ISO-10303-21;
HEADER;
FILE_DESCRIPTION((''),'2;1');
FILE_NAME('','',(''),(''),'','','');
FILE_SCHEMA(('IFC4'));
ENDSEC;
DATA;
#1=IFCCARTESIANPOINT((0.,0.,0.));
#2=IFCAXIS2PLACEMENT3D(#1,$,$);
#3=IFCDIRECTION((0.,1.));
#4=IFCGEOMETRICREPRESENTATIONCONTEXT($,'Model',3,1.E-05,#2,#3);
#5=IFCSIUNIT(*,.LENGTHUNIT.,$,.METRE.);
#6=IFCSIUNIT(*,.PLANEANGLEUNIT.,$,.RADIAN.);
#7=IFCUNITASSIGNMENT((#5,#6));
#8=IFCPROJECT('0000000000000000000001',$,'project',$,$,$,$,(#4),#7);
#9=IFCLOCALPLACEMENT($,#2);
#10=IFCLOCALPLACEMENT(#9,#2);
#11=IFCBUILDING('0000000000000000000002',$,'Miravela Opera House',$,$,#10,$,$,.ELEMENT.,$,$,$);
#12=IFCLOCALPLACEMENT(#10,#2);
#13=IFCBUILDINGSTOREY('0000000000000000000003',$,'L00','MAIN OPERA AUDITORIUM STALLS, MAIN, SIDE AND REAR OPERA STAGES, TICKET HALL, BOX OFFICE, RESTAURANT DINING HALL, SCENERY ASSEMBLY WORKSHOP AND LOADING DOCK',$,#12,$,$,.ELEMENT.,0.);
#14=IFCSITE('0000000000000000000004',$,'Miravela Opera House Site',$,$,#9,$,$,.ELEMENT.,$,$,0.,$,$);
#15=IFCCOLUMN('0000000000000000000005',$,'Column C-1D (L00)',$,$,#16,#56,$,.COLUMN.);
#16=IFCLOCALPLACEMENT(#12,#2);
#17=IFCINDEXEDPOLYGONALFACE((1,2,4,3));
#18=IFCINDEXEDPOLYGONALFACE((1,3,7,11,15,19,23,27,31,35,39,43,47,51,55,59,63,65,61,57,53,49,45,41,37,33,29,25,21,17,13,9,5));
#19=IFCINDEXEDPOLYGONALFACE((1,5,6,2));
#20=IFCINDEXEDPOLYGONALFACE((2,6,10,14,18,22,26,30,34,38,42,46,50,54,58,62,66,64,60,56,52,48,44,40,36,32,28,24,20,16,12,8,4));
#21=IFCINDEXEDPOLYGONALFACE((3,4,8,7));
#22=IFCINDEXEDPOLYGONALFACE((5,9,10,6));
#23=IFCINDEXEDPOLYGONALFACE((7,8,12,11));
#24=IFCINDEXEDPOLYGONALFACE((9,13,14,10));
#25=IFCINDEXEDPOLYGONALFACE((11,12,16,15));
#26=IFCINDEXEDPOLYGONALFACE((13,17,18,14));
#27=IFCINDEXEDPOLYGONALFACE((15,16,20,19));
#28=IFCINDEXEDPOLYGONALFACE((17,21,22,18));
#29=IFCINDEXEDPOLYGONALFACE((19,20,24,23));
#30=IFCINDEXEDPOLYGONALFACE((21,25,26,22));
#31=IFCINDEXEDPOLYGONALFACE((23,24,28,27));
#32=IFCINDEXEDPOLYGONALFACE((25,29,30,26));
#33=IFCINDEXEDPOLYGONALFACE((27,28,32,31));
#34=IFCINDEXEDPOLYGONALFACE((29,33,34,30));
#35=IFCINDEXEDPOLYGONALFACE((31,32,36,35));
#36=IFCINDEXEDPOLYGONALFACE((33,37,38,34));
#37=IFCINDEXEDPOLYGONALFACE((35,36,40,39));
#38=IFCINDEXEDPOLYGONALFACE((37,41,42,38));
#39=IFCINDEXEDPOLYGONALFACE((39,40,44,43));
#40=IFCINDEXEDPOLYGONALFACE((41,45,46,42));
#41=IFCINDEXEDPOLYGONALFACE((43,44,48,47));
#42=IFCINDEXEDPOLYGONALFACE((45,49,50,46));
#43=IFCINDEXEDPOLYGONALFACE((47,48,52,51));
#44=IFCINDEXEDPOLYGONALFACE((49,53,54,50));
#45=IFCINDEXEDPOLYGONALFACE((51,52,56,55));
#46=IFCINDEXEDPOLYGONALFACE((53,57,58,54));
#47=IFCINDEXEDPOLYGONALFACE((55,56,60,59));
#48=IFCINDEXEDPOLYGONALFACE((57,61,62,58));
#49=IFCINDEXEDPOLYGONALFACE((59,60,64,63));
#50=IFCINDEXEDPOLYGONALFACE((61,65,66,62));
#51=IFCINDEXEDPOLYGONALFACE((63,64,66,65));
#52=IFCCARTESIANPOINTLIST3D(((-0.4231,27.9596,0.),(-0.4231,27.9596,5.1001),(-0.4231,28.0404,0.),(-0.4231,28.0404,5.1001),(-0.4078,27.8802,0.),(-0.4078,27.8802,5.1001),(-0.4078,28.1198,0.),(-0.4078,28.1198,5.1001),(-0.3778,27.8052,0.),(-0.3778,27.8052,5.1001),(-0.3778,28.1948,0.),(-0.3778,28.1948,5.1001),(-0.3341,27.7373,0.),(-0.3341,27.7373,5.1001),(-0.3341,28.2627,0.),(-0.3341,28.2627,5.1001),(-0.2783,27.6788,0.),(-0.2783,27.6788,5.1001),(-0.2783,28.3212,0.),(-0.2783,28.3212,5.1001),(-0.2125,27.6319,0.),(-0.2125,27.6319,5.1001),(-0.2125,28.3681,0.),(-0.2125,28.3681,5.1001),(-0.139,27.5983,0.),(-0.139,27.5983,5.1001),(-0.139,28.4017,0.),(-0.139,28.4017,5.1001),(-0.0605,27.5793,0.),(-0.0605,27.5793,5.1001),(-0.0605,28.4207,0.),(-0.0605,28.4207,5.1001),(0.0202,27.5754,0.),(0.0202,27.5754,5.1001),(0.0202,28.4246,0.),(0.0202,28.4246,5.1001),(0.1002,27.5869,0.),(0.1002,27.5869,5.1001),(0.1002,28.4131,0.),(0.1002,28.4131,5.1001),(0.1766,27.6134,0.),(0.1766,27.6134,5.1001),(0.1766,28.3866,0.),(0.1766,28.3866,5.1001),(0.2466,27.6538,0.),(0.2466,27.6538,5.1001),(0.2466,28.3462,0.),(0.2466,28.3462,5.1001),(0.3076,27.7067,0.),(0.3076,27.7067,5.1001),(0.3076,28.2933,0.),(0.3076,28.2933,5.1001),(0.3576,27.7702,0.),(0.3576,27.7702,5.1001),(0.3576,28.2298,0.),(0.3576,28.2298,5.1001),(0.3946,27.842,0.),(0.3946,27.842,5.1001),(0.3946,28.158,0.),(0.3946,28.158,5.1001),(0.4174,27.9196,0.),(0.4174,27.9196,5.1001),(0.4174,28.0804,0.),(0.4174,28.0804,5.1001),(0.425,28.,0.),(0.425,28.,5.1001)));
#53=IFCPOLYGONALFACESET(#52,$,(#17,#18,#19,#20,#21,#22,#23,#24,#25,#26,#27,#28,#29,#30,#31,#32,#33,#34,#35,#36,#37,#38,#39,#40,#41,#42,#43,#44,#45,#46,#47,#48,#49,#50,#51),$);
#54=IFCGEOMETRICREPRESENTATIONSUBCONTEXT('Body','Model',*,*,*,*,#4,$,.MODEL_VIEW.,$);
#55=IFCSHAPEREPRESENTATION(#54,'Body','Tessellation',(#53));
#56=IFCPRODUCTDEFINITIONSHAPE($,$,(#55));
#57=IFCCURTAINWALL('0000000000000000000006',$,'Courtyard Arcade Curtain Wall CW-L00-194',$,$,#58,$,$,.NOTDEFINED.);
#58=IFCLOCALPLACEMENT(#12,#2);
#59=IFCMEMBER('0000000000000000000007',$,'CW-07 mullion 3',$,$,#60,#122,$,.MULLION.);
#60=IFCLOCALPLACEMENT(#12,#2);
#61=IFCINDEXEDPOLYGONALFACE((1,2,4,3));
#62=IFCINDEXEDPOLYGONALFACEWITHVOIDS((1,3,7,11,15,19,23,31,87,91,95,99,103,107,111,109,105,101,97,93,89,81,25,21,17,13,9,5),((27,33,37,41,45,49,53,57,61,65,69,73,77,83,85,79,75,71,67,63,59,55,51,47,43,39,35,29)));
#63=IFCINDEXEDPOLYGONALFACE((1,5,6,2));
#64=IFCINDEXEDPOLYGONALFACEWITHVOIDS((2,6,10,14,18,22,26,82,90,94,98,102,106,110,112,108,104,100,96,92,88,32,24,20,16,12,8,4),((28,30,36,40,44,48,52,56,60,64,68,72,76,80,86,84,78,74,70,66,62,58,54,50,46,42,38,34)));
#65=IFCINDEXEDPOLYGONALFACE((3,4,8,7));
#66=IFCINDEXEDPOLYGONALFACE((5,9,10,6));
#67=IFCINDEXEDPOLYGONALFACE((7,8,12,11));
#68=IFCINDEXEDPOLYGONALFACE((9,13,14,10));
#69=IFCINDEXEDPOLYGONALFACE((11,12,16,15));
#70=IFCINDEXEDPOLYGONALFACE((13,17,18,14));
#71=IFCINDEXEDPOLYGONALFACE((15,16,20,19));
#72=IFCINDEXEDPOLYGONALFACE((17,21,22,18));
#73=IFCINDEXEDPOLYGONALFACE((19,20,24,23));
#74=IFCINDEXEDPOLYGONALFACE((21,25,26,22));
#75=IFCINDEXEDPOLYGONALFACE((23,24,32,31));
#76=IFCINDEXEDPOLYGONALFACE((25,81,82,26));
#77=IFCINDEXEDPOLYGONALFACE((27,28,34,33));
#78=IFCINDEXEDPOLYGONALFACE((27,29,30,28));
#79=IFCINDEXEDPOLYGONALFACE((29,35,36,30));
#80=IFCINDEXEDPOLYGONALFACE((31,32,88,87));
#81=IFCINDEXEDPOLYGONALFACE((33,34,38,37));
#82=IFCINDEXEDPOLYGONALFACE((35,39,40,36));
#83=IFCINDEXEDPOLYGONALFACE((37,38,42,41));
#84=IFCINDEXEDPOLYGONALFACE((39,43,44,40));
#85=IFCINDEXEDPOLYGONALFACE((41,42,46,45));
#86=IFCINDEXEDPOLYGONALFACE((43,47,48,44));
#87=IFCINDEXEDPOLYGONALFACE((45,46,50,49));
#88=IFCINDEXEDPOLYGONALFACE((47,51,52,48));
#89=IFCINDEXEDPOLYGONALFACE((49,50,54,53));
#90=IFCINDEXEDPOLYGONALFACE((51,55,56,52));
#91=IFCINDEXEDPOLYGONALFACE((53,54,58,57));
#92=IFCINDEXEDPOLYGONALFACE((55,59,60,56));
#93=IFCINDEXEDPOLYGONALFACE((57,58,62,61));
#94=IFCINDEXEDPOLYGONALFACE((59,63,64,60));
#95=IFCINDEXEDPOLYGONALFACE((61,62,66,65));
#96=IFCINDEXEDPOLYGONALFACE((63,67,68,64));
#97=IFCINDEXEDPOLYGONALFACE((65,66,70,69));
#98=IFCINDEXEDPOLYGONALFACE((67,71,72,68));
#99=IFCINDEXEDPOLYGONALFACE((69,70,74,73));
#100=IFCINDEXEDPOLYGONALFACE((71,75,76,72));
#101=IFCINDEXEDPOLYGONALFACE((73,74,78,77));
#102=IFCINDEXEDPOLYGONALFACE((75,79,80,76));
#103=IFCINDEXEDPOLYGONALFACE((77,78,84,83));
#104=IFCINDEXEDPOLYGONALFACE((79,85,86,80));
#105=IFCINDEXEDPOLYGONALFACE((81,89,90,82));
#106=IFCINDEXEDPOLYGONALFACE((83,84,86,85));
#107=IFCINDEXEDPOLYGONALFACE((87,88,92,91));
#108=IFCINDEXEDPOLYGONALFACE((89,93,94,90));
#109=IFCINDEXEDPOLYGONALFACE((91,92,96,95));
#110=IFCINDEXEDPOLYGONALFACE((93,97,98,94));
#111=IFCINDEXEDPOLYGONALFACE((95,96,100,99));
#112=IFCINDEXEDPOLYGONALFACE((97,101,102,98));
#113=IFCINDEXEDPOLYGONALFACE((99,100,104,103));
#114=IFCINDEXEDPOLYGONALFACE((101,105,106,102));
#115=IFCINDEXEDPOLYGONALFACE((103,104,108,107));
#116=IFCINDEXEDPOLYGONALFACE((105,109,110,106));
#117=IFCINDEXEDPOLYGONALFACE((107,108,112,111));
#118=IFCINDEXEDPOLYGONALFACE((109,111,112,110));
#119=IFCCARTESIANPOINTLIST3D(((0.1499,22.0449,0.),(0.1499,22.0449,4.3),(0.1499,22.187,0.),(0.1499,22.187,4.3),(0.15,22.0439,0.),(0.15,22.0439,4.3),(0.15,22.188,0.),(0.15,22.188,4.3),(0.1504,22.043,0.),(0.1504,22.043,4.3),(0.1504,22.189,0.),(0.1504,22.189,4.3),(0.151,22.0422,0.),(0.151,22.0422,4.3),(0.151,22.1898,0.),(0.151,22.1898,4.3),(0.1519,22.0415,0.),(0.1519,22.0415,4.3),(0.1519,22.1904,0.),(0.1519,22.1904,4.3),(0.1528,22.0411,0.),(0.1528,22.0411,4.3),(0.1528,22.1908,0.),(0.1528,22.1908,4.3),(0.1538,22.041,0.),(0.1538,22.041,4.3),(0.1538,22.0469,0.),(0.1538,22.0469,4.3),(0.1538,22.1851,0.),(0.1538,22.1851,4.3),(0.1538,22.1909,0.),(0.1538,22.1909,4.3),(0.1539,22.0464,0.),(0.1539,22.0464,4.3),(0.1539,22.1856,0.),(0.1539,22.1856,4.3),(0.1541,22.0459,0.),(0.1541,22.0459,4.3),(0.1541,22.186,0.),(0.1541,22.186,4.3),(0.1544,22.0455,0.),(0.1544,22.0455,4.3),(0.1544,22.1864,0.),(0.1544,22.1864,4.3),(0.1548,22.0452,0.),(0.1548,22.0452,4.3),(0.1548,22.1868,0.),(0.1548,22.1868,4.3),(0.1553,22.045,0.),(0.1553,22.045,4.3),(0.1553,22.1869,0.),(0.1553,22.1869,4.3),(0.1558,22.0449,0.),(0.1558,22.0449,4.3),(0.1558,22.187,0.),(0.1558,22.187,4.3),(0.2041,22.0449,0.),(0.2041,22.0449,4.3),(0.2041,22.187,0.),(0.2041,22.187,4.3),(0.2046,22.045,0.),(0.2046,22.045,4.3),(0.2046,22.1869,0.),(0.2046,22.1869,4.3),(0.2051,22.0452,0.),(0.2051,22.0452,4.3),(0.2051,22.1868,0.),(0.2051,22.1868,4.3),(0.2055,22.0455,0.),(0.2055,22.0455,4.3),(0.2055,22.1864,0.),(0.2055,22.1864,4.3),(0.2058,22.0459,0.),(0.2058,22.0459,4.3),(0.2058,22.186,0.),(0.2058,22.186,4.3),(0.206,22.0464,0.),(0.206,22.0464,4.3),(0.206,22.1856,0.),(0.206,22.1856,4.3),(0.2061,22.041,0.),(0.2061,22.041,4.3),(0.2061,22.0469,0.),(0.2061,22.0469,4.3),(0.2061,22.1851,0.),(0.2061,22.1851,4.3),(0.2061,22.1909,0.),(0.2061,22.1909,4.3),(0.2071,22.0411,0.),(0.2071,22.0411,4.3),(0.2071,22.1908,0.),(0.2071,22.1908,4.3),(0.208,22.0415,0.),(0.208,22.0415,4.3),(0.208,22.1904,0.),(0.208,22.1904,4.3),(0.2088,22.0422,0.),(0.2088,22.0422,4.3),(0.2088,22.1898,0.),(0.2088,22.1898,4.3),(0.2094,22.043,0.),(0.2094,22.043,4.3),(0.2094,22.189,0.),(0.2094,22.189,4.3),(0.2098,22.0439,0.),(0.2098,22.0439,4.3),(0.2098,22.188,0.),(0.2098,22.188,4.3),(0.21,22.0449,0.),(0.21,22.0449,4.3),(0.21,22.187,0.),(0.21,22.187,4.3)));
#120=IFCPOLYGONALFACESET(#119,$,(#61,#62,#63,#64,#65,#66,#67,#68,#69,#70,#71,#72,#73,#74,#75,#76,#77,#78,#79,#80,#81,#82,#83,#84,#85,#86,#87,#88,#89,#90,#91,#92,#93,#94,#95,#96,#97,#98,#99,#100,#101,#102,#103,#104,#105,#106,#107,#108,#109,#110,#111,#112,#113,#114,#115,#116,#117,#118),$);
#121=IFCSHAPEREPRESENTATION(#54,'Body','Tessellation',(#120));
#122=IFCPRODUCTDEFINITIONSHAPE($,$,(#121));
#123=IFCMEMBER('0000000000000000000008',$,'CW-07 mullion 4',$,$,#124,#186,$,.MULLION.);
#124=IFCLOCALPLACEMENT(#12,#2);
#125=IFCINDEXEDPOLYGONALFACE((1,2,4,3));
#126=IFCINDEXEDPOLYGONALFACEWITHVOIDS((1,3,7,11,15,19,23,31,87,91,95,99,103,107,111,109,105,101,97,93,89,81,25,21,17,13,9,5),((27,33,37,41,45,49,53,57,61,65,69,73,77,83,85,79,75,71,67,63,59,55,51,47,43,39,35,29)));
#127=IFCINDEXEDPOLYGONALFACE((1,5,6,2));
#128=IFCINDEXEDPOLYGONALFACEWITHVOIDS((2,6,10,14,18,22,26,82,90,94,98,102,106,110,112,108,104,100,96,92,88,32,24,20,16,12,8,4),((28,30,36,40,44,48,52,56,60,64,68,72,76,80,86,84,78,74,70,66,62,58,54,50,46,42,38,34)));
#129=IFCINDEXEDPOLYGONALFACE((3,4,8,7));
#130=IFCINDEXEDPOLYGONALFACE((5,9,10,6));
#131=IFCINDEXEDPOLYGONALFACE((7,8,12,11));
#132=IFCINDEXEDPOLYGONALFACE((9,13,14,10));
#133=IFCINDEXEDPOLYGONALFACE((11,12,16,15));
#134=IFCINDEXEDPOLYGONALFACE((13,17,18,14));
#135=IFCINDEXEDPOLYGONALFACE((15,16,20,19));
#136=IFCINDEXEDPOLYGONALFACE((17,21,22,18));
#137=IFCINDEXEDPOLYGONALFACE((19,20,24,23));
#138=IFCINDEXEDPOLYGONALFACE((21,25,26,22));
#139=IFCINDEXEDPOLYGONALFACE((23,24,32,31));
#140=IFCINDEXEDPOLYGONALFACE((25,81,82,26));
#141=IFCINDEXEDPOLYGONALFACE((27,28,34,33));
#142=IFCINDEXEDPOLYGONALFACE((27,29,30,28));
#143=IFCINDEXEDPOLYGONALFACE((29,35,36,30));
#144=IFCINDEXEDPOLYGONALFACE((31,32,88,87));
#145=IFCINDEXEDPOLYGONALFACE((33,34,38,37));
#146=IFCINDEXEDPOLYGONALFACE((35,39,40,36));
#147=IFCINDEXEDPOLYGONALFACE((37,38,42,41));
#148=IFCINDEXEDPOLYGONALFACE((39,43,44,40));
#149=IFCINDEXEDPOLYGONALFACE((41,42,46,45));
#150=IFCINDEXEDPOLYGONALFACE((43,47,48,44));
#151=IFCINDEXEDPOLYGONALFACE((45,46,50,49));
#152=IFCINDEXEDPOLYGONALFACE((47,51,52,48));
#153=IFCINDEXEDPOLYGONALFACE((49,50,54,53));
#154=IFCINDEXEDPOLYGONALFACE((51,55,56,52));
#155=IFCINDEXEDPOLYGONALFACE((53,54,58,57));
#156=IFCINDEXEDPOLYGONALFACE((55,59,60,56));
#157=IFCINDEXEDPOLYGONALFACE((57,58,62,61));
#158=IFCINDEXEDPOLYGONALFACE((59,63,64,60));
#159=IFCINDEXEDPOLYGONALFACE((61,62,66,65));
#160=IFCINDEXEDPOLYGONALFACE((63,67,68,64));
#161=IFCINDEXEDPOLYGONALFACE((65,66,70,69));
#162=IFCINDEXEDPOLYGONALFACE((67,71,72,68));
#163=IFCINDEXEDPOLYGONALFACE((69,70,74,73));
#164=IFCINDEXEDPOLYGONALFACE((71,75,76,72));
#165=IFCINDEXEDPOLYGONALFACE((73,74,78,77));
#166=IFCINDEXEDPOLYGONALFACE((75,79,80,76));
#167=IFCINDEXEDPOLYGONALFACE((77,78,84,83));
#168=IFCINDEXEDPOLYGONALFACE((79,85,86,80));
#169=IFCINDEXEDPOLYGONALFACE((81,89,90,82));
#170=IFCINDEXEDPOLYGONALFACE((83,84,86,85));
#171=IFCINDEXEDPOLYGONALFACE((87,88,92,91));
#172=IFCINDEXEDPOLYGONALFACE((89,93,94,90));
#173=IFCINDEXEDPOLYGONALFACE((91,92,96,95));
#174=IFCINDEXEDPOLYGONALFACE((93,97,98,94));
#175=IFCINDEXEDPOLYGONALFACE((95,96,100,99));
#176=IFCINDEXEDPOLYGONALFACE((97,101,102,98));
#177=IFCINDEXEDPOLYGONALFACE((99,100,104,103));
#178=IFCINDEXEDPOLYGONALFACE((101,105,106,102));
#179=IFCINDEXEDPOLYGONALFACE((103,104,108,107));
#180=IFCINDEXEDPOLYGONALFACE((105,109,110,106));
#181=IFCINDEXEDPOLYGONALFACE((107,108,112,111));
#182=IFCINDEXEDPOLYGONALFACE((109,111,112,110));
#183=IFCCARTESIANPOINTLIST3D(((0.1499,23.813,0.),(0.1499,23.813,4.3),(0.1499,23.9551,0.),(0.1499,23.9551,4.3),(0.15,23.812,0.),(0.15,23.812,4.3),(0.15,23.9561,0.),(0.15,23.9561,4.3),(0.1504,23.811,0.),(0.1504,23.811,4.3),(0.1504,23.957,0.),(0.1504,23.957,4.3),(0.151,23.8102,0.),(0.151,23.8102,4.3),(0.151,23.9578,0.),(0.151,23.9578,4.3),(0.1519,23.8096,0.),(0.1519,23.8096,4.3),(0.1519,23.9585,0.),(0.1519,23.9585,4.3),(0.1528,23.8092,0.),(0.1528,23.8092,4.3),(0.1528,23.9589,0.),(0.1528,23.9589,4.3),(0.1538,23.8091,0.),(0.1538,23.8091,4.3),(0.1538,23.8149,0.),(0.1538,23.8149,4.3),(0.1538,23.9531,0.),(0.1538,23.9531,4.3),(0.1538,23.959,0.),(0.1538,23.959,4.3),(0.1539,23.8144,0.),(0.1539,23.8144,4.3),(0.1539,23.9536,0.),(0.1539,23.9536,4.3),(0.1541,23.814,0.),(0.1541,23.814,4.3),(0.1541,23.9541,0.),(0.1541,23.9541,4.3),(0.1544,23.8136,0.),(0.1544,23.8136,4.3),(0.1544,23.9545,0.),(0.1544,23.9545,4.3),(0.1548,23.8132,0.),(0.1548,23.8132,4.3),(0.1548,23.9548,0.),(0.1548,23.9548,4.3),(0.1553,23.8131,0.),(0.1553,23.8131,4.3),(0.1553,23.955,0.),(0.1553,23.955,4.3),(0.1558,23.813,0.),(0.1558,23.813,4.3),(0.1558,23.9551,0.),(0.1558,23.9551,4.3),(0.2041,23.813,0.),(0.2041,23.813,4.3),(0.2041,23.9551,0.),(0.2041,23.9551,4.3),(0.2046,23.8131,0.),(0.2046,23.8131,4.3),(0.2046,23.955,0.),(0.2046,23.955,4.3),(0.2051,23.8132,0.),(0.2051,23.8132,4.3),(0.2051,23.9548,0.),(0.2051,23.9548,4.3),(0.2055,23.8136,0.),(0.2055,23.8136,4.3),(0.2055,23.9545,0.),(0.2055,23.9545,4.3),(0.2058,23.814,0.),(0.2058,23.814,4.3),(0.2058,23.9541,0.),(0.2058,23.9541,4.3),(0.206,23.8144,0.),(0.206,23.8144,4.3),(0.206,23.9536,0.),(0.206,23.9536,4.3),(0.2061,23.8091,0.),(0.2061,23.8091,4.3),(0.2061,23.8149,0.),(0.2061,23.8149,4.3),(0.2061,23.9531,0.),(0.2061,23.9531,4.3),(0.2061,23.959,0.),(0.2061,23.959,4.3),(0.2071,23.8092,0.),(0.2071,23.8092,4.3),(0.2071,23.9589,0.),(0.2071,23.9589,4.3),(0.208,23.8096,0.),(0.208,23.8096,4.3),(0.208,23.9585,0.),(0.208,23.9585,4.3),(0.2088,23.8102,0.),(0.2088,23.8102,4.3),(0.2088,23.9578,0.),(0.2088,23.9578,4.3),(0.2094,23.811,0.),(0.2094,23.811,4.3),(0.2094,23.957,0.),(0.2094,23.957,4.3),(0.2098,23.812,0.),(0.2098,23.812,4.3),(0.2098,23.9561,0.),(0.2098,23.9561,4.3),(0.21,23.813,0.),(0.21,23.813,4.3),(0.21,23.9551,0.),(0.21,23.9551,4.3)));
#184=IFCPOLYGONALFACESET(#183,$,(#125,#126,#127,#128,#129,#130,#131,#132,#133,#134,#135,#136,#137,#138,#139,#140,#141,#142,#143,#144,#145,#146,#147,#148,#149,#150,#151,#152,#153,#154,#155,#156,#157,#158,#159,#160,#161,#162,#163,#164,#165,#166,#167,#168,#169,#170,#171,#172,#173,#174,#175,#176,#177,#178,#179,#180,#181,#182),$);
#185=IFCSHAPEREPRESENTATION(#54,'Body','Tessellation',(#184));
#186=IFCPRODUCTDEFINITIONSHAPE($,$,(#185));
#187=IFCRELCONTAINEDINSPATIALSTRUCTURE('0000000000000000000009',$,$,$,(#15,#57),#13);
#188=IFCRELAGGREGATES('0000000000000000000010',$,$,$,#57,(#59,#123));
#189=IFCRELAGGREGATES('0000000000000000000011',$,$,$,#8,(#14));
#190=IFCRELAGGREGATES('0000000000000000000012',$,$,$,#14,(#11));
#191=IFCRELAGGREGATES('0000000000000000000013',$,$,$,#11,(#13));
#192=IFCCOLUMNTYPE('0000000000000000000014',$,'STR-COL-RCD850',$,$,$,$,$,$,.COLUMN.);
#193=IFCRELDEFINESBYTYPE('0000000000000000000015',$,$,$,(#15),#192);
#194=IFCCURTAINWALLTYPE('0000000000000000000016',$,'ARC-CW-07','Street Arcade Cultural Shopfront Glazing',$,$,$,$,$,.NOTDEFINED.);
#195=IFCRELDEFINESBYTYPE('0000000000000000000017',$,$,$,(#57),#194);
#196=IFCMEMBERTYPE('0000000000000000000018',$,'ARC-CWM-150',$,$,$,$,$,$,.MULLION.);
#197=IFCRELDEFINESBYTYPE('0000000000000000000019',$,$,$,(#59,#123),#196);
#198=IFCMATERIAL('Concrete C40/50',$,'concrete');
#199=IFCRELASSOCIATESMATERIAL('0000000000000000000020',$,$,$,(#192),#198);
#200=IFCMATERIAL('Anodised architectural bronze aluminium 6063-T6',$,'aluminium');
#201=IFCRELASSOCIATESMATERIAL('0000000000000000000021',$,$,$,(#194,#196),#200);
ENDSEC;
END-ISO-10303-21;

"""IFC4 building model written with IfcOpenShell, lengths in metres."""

from ifc_helpers import new_model, si_unit, direction, frame, origin, origin_2d, place, context, subcontext, project, spatial, hollow_rectangle, circle, extrude, material, material_profile, profile_set, type_object, element, aggregate, save


model = new_model("IFC4")

# Units and contexts
model_context = context("Model", 3, precision=1e-05, world=origin(), true_north=direction((0.0, 1.0)))
body_context = subcontext(model_context, "Body", "Model", "MODEL_VIEW")
ifc_project = project(units=[si_unit("LENGTHUNIT", "METRE"), si_unit("PLANEANGLEUNIT", "RADIAN")], contexts=[model_context])

# Site, building, storey
site_placement = place(None, origin())
site = spatial("IfcSite", under=ifc_project, at=site_placement, Name="Miravela Opera House Site", CompositionType="ELEMENT", RefElevation=0.0)
building_placement = place(site_placement, origin())
building = spatial("IfcBuilding", under=site, at=building_placement, Name="Miravela Opera House", CompositionType="ELEMENT")
storey_placement = place(building_placement, origin())
storey = spatial("IfcBuildingStorey", under=building, at=storey_placement, Name="L00", Description="MAIN OPERA AUDITORIUM STALLS, MAIN, SIDE AND REAR OPERA STAGES, TICKET HALL, BOX OFFICE, RESTAURANT DINING HALL, SCENERY ASSEMBLY WORKSHOP AND LOADING DOCK", CompositionType="ELEMENT", Elevation=0.0)

# Column
ifc_material_1 = material(Name="Concrete C40/50", Category="concrete")
ifc_material_profile_1 = material_profile(ifc_material_1, circle(Radius=0.425, at=origin_2d()), Name="RC-COL-D850")
ifc_profile_set_1 = profile_set([ifc_material_profile_1])
column_type = type_object("IfcColumnType", Name="STR-COL-RCD850", PredefinedType="COLUMN", material=ifc_profile_set_1)
column_placement = place(storey_placement, frame((0.0, 28.0, 0.0), z_axis=(0.0, 0.0, 1.0), x_axis=(1.0, 0.0, 0.0)))
element("IfcColumn", 1, at=column_placement, inside=storey, type_object=column_type, Name="Column C-1D (L00)", PredefinedType="COLUMN", context=body_context, shape_type="SweptSolid", body=[
    extrude(circle(Radius=0.425, at=origin_2d()), origin(), (0.0, 0.0, 1.0), 5.1001),
])

# Curtain wall, members
ifc_material_2 = material(Name="Anodised architectural bronze aluminium 6063-T6", Category="aluminium")
curtain_wall_type = type_object("IfcCurtainWallType", Name="ARC-CW-07", Description="Street Arcade Cultural Shopfront Glazing", PredefinedType="NOTDEFINED", material=ifc_material_2)
curtain_wall_placement = place(storey_placement, origin())
curtain_wall = element("IfcCurtainWall", 2, at=curtain_wall_placement, inside=storey, type_object=curtain_wall_type, Name="Courtyard Arcade Curtain Wall CW-L00-194", PredefinedType="NOTDEFINED")
ifc_material_profile_2 = material_profile(ifc_material_2, hollow_rectangle(XDim=0.0601, YDim=0.1499, WallThickness=0.0039, InnerFilletRadius=0.002, OuterFilletRadius=0.0039, at=origin_2d()), Name="CWM-60X150")
ifc_profile_set_2 = profile_set([ifc_material_profile_2])
member_type_1 = type_object("IfcMemberType", Name="ARC-CWM-150", PredefinedType="MULLION", material=ifc_profile_set_2)
member_1_placement = place(storey_placement, frame((0.1799, 22.116, 0.0), z_axis=(0.0, 0.0, 1.0), x_axis=(-1.0, 0.0, 0.0)))
member_1 = element("IfcMember", 3, at=member_1_placement, type_object=member_type_1, Name="CW-07 mullion 3", PredefinedType="MULLION", context=body_context, shape_type="SweptSolid", body=[
    extrude(hollow_rectangle(XDim=0.0601, YDim=0.1499, WallThickness=0.0039, InnerFilletRadius=0.002, OuterFilletRadius=0.0039, at=origin_2d()), origin(), (0.0, 0.0, 1.0), 4.3),
])
member_2_placement = place(storey_placement, frame((0.1799, 23.884, 0.0), z_axis=(0.0, 0.0, 1.0), x_axis=(-1.0, 0.0, 0.0)))
member_2 = element("IfcMember", 4, at=member_2_placement, type_object=member_type_1, Name="CW-07 mullion 4", PredefinedType="MULLION", context=body_context, shape_type="SweptSolid", body=[
    extrude(hollow_rectangle(XDim=0.0601, YDim=0.1499, WallThickness=0.0039, InnerFilletRadius=0.002, OuterFilletRadius=0.0039, at=origin_2d()), origin(), (0.0, 0.0, 1.0), 4.3),
])

aggregate(curtain_wall, [member_1, member_2])

save(model, "model.ifc")
